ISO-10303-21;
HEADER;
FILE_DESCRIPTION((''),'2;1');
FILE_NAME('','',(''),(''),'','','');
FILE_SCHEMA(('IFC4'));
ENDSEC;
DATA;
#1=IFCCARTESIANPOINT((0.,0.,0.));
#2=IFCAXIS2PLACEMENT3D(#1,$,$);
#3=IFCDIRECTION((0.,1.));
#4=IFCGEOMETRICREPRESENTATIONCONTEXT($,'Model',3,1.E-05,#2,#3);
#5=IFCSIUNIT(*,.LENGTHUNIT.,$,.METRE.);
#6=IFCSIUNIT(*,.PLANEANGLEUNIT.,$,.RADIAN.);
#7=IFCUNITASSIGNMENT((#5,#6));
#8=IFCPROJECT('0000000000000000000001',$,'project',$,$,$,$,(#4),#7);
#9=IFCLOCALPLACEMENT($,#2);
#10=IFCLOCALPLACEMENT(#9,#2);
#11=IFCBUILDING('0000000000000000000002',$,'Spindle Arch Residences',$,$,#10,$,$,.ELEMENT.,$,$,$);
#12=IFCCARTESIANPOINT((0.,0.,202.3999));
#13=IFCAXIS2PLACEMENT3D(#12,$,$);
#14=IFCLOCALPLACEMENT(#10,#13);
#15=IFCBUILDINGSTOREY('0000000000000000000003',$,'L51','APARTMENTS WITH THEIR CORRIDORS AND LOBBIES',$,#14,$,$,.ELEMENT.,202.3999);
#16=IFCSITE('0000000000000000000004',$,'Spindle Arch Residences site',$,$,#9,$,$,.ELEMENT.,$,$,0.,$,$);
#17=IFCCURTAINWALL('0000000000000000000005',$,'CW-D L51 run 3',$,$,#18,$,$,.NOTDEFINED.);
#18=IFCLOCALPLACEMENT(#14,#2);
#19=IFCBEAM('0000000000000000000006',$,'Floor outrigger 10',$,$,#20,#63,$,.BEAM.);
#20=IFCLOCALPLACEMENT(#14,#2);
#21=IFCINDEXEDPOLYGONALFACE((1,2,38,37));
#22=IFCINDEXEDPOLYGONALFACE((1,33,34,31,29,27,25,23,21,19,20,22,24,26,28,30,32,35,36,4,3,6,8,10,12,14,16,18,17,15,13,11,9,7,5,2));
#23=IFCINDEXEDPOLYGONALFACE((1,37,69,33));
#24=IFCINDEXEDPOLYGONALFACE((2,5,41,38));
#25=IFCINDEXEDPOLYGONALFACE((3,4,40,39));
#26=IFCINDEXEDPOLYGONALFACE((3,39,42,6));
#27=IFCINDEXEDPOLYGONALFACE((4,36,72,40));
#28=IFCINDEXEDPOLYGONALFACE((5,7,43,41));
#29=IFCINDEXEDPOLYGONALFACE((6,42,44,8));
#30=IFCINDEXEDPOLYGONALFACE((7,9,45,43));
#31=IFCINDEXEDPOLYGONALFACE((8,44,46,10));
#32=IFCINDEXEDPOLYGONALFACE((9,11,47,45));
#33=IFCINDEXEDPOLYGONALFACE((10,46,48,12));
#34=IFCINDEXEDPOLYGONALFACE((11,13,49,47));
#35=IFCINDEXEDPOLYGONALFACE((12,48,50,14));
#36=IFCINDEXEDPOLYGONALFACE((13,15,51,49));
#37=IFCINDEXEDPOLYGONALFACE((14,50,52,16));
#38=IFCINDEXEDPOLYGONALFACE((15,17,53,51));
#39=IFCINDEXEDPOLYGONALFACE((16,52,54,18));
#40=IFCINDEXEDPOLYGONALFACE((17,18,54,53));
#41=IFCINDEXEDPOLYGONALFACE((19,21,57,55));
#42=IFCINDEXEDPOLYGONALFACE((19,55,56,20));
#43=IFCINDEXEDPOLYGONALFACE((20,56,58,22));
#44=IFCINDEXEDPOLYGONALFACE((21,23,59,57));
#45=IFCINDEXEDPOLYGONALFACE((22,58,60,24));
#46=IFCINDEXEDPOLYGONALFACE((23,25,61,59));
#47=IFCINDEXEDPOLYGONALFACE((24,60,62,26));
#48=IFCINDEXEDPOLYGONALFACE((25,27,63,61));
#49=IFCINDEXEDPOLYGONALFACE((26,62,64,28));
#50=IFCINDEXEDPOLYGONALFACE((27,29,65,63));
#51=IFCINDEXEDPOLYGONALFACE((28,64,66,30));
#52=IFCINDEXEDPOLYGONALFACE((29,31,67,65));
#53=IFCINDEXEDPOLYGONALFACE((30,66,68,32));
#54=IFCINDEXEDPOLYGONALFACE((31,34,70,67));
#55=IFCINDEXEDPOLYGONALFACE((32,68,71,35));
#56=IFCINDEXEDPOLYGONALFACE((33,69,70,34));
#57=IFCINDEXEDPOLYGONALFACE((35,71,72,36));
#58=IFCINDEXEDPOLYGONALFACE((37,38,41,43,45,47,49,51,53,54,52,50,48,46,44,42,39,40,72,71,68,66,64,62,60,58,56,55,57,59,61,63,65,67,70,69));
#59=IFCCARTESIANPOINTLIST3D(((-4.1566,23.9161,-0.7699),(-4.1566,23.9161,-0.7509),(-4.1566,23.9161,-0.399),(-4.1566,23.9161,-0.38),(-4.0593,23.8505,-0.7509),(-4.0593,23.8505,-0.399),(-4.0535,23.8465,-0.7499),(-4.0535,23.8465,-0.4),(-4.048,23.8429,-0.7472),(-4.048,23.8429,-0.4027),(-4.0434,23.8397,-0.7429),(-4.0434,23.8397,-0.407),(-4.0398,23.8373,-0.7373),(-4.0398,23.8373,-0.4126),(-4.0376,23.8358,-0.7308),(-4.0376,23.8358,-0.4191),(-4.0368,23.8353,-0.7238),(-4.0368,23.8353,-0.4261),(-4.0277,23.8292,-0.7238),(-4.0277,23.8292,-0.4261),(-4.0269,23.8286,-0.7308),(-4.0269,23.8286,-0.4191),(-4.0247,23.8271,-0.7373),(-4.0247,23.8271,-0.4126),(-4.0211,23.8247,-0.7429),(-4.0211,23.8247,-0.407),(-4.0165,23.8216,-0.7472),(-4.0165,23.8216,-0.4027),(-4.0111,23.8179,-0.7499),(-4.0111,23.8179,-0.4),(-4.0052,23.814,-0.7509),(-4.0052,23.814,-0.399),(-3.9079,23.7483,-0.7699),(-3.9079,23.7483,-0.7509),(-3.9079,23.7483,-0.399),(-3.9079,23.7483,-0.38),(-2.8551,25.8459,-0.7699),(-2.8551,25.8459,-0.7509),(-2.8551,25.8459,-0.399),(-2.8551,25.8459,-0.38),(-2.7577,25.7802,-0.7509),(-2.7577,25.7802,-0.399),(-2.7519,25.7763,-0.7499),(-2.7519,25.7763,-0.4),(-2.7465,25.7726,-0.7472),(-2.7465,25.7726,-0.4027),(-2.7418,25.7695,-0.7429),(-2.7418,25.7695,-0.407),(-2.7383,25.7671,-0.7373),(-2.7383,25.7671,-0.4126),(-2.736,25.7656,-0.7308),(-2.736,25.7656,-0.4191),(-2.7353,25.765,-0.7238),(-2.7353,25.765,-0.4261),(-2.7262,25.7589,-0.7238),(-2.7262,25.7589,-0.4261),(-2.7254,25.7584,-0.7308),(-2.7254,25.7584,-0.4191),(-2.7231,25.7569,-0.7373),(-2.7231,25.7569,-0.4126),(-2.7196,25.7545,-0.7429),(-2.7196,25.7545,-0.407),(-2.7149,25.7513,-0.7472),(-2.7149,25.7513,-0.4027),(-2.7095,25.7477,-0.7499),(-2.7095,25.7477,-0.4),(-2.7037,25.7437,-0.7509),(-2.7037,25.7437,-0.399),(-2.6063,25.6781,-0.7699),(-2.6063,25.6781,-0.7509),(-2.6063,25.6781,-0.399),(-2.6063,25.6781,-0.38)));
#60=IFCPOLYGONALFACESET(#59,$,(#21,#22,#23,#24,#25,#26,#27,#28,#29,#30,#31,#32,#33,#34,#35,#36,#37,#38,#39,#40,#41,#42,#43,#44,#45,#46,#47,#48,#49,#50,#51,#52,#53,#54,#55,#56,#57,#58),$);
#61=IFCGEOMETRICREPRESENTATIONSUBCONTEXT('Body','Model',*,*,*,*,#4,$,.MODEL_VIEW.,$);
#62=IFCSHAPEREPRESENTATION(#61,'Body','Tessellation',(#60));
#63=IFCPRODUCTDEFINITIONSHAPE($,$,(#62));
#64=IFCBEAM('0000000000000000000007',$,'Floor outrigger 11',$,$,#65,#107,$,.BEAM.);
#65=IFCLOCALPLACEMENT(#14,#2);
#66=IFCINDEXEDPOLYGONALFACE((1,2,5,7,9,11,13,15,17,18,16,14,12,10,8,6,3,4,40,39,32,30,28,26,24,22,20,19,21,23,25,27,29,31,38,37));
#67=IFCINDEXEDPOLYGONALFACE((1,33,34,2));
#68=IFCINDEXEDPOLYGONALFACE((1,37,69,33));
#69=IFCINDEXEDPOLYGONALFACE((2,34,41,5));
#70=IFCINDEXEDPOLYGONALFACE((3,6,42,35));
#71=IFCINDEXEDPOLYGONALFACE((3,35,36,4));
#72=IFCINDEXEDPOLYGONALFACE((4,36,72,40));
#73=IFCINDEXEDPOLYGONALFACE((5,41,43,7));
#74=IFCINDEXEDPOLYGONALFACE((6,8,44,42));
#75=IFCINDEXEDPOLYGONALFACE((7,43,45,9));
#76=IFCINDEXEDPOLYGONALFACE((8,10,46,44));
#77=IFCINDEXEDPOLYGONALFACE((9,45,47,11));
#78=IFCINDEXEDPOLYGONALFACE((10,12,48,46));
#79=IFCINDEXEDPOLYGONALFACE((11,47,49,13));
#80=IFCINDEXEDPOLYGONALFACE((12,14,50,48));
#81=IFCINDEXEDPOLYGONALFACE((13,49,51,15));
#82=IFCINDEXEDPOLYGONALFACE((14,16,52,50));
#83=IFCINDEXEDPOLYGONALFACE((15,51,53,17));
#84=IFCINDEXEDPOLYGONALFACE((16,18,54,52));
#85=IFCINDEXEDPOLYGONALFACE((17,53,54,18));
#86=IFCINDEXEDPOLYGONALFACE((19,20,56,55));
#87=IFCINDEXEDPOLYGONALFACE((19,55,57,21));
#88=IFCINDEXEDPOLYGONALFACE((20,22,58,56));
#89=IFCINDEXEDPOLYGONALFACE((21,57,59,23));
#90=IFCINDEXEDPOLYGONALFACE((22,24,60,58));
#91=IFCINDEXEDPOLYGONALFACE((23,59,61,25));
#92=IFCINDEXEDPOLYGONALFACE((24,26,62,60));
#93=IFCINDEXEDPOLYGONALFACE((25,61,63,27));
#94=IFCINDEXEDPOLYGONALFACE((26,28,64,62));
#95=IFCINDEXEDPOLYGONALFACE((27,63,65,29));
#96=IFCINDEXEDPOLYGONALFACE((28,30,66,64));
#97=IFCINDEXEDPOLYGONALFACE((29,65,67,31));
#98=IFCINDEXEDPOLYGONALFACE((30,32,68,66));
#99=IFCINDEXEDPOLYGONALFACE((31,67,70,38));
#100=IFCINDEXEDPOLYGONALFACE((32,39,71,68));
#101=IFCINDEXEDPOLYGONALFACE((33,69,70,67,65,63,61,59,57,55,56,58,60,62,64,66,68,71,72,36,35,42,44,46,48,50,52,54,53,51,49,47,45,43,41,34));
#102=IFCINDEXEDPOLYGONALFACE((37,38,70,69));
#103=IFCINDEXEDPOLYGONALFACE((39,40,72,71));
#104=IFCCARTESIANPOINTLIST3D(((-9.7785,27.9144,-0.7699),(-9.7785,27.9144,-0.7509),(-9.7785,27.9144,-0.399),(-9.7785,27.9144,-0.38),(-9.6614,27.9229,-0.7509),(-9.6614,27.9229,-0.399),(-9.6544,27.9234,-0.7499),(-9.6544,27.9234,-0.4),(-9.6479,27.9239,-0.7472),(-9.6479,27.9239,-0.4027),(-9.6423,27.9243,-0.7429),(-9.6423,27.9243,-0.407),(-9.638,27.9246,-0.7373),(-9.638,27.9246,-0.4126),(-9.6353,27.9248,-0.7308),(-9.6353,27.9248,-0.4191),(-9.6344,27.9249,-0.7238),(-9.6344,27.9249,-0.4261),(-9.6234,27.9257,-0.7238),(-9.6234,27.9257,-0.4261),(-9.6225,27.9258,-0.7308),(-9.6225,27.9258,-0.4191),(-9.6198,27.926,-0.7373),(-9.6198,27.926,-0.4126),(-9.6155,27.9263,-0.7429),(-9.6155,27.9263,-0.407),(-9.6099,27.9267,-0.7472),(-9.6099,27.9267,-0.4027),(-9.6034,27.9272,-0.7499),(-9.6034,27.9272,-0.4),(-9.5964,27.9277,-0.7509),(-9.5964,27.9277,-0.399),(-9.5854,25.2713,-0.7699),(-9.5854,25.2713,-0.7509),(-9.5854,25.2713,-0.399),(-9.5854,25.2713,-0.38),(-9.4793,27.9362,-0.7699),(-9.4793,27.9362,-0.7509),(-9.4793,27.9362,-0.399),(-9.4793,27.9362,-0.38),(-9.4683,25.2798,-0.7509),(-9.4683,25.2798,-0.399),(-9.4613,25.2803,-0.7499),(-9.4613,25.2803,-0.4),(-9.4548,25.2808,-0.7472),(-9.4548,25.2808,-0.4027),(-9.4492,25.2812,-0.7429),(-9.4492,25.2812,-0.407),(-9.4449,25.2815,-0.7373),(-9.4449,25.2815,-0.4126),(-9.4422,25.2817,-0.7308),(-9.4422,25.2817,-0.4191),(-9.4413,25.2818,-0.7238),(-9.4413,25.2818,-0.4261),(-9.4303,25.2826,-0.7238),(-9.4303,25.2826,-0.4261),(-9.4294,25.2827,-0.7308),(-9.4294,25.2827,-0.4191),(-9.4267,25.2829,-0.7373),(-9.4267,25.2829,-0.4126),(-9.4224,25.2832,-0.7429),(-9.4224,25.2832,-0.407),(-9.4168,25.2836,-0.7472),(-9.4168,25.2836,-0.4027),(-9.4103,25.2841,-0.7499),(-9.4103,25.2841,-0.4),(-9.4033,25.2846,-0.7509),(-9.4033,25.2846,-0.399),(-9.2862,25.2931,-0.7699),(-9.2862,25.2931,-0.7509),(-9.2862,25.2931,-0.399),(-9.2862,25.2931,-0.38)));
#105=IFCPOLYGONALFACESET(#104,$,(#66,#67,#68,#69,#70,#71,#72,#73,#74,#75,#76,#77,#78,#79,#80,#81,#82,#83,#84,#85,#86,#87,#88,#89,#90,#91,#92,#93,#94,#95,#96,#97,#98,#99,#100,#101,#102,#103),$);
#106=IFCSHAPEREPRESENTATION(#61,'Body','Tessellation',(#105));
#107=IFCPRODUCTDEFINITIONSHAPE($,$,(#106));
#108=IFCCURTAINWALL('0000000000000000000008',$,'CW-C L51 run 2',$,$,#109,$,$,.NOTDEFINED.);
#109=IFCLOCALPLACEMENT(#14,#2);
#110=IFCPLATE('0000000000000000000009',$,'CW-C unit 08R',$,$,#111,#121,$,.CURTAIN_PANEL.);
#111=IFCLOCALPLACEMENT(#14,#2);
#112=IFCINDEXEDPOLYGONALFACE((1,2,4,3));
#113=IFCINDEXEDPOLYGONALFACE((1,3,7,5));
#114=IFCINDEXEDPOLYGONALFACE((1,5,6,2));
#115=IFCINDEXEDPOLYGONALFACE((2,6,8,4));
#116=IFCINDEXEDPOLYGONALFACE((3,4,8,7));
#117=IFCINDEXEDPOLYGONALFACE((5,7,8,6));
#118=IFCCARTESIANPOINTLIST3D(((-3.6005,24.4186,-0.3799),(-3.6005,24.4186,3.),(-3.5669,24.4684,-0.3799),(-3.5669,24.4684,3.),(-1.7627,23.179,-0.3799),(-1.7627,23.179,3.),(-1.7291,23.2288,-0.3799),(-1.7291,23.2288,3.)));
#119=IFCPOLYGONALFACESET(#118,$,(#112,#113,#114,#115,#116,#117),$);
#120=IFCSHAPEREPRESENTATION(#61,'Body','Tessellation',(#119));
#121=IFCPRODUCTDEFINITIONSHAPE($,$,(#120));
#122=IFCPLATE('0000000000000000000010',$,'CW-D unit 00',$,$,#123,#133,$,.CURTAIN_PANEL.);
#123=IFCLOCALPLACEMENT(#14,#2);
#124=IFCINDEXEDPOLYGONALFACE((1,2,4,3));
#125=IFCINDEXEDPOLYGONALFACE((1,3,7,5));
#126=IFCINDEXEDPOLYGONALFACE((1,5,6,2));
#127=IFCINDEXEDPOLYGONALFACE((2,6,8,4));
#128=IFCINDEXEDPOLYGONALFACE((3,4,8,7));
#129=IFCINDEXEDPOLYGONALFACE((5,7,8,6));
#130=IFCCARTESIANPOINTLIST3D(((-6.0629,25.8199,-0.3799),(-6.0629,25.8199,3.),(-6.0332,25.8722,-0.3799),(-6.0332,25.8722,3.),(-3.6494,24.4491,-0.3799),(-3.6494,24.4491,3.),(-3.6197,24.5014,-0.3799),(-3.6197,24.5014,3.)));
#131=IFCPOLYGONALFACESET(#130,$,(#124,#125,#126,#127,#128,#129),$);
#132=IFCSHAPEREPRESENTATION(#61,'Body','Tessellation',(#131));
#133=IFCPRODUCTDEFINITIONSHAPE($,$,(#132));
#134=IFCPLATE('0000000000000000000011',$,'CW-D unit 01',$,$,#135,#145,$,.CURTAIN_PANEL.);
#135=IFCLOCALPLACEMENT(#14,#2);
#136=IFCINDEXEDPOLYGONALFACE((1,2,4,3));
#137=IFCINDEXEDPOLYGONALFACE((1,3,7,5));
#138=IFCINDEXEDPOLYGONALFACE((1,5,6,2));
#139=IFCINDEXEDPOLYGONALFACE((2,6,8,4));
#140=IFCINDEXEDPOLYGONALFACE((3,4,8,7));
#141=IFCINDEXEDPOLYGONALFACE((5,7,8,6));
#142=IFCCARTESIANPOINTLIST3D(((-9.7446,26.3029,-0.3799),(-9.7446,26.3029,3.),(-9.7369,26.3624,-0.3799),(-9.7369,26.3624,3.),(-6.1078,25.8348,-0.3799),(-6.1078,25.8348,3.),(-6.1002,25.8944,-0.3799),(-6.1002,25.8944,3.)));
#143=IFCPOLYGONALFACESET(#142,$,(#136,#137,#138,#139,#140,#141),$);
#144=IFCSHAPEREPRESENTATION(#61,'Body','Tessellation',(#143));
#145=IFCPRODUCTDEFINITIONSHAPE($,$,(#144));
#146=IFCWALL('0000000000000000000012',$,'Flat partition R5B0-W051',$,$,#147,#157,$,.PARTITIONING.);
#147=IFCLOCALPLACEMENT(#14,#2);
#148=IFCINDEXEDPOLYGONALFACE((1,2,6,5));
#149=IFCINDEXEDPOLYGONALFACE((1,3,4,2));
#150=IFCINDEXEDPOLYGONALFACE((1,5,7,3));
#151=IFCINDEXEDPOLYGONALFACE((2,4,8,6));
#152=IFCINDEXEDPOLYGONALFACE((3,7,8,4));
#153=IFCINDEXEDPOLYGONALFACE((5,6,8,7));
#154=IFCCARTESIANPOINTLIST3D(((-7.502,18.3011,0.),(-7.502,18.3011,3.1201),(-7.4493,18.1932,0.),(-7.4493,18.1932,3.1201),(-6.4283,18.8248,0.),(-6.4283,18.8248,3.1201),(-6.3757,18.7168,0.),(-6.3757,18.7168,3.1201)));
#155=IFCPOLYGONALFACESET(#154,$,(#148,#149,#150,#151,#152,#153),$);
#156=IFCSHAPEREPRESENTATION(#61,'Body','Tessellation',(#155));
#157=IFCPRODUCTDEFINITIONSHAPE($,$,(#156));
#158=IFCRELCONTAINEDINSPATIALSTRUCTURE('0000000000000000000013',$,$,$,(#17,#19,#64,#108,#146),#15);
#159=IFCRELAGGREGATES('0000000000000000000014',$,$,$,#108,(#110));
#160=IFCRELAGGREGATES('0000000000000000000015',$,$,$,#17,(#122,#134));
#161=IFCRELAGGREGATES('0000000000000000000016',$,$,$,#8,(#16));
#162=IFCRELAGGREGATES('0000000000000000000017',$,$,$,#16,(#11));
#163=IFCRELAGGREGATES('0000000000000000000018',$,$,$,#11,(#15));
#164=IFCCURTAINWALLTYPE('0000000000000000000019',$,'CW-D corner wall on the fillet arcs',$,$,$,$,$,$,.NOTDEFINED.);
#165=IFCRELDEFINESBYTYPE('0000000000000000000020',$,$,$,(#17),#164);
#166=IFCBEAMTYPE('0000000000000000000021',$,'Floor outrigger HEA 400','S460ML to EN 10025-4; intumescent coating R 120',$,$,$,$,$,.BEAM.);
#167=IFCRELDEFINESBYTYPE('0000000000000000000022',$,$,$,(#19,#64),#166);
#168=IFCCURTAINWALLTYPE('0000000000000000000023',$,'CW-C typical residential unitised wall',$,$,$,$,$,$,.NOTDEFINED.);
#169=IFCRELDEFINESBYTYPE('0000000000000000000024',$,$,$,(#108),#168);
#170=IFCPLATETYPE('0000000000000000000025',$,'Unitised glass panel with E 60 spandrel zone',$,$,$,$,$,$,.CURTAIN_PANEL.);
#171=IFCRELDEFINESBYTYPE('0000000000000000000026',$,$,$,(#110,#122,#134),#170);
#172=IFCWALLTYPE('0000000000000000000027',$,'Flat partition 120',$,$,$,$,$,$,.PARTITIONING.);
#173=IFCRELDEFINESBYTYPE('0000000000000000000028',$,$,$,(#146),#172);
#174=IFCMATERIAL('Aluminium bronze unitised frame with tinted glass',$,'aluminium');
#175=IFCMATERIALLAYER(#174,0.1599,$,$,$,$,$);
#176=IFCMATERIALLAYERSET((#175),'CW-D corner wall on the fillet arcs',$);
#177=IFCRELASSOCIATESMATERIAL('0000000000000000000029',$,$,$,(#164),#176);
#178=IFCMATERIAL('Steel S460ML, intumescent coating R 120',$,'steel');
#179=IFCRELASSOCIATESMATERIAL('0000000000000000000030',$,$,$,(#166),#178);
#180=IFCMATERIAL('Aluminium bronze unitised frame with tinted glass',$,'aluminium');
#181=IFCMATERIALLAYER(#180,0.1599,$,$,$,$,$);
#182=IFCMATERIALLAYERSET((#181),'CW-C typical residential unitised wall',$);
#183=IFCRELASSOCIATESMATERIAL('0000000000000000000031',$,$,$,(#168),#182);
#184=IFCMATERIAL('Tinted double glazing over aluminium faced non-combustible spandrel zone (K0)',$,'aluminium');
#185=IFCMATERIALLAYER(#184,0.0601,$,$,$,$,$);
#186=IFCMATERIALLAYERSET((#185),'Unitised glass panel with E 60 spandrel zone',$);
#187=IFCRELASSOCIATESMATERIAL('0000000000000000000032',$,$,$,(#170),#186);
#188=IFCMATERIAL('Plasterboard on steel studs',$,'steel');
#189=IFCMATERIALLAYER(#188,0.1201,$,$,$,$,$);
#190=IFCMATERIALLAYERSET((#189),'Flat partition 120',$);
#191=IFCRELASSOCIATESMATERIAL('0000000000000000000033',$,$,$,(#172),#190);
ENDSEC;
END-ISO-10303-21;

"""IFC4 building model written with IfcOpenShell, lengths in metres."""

from ifc_helpers import new_model, si_unit, direction, frame, frame_2d, origin, origin_2d, place, context, subcontext, project, spatial, rectangle, i_section, extrude, material, layer, layer_set, material_profile, profile_set, type_object, element, aggregate, save


model = new_model("IFC4")

# Units and contexts
model_context = context("Model", 3, precision=1e-05, world=origin(), true_north=direction((0.0, 1.0)))
body_context = subcontext(model_context, "Body", "Model", "MODEL_VIEW")
ifc_project = project(units=[si_unit("LENGTHUNIT", "METRE"), si_unit("PLANEANGLEUNIT", "RADIAN")], contexts=[model_context])

# Site, building, storey
site_placement = place(None, origin())
site = spatial("IfcSite", under=ifc_project, at=site_placement, Name="Spindle Arch Residences site", CompositionType="ELEMENT", RefElevation=0.0)
building_placement = place(site_placement, origin())
building = spatial("IfcBuilding", under=site, at=building_placement, Name="Spindle Arch Residences", CompositionType="ELEMENT")
storey_placement = place(building_placement, frame((0.0, 0.0, 202.3999)))
storey = spatial("IfcBuildingStorey", under=building, at=storey_placement, Name="L51", Description="APARTMENTS WITH THEIR CORRIDORS AND LOBBIES", CompositionType="ELEMENT", Elevation=202.3999)

# Curtain wall
ifc_material_1 = material(Name="Aluminium bronze unitised frame with tinted glass", Category="aluminium")
ifc_layer_1 = layer(ifc_material_1, 0.1599)
ifc_layer_set_1 = layer_set([ifc_layer_1], Name="CW-D corner wall on the fillet arcs")
curtain_wall_type_1 = type_object("IfcCurtainWallType", Name="CW-D corner wall on the fillet arcs", PredefinedType="NOTDEFINED", material=ifc_layer_set_1)
curtain_wall_1_placement = place(storey_placement, origin())
curtain_wall_1 = element("IfcCurtainWall", 1, at=curtain_wall_1_placement, inside=storey, type_object=curtain_wall_type_1, Name="CW-D L51 run 3", PredefinedType="NOTDEFINED")

# Beams
ifc_material_2 = material(Name="Steel S460ML, intumescent coating R 120", Category="steel")
ifc_material_profile_1 = material_profile(ifc_material_2, i_section(OverallWidth=0.3, OverallDepth=0.3899, WebThickness=0.011, FlangeThickness=0.019, FilletRadius=0.0271, at=origin_2d()), Name="HEA 400")
ifc_profile_set_1 = profile_set([ifc_material_profile_1], Name="Steel S460ML, intumescent coating R 120")
beam_type_1 = type_object("IfcBeamType", Name="Floor outrigger HEA 400", Description="S460ML to EN 10025-4; intumescent coating R 120", PredefinedType="BEAM", material=ifc_profile_set_1)
beam_1_placement = place(storey_placement, frame((-2.7307, 25.762, -0.575), z_axis=(-0.55917, -0.829053, 0.0), x_axis=(0.829053, -0.55917, 0.0)))
element("IfcBeam", 2, at=beam_1_placement, inside=storey, type_object=beam_type_1, Name="Floor outrigger 10", PredefinedType="BEAM", context=body_context, shape_type="SweptSolid", body=[
    extrude(i_section(OverallWidth=0.3, OverallDepth=0.3899, WebThickness=0.011, FlangeThickness=0.019, FilletRadius=0.0271, at=origin_2d()), origin(), (0.0, 0.0, 1.0), 2.3276),
])
beam_2_placement = place(storey_placement, frame((-9.6289, 27.9253, -0.575), z_axis=(0.072871, -0.997341, 0.0), x_axis=(0.997341, 0.072871, 0.0)))
element("IfcBeam", 3, at=beam_2_placement, inside=storey, type_object=beam_type_1, Name="Floor outrigger 11", PredefinedType="BEAM", context=body_context, shape_type="SweptSolid", body=[
    extrude(i_section(OverallWidth=0.3, OverallDepth=0.3899, WebThickness=0.011, FlangeThickness=0.019, FilletRadius=0.0271, at=origin_2d()), origin(), (0.0, 0.0, 1.0), 2.6501),
])

# Curtain wall, plate
ifc_material_3 = material(Name="Aluminium bronze unitised frame with tinted glass", Category="aluminium")
ifc_layer_2 = layer(ifc_material_3, 0.1599)
ifc_layer_set_2 = layer_set([ifc_layer_2], Name="CW-C typical residential unitised wall")
curtain_wall_type_2 = type_object("IfcCurtainWallType", Name="CW-C typical residential unitised wall", PredefinedType="NOTDEFINED", material=ifc_layer_set_2)
curtain_wall_2_placement = place(storey_placement, origin())
curtain_wall_2 = element("IfcCurtainWall", 4, at=curtain_wall_2_placement, inside=storey, type_object=curtain_wall_type_2, Name="CW-C L51 run 2", PredefinedType="NOTDEFINED")
ifc_material_4 = material(Name="Tinted double glazing over aluminium faced non-combustible spandrel zone (K0)", Category="aluminium")
ifc_layer_3 = layer(ifc_material_4, 0.0601)
ifc_layer_set_3 = layer_set([ifc_layer_3], Name="Unitised glass panel with E 60 spandrel zone")
plate_type = type_object("IfcPlateType", Name="Unitised glass panel with E 60 spandrel zone", PredefinedType="CURTAIN_PANEL", material=ifc_layer_set_3)
plate_1_placement = place(storey_placement, frame((-2.6648, 23.8237, -0.3799), z_axis=(0.0, 0.0, 1.0), x_axis=(-0.829038, 0.559193, 0.0)))
plate_1 = element("IfcPlate", 5, at=plate_1_placement, type_object=plate_type, Name="CW-C unit 08R", PredefinedType="CURTAIN_PANEL", context=body_context, shape_type="SweptSolid", body=[
    extrude(rectangle(XDim=2.2168, YDim=0.0601, at=origin_2d()), origin(), (0.0, 0.0, 1.0), 3.3799),
])
aggregate(curtain_wall_2, [plate_1])

# Plates
plate_2_placement = place(storey_placement, frame((-4.8413, 25.1606, -0.3799), z_axis=(0.0, 0.0, 1.0), x_axis=(-0.869539, 0.493865, 0.0)))
plate_2 = element("IfcPlate", 6, at=plate_2_placement, type_object=plate_type, Name="CW-D unit 00", PredefinedType="CURTAIN_PANEL", context=body_context, shape_type="SweptSolid", body=[
    extrude(rectangle(XDim=2.7756, YDim=0.0601, at=origin_2d()), origin(), (0.0, 0.0, 1.0), 3.3799),
])
plate_3_placement = place(storey_placement, frame((-7.9224, 26.0986, -0.3799), z_axis=(0.0, 0.0, 1.0), x_axis=(-0.99182, 0.127642, 0.0)))
plate_3 = element("IfcPlate", 7, at=plate_3_placement, type_object=plate_type, Name="CW-D unit 01", PredefinedType="CURTAIN_PANEL", context=body_context, shape_type="SweptSolid", body=[
    extrude(rectangle(XDim=3.6667, YDim=0.0601, at=origin_2d()), origin(), (0.0, 0.0, 1.0), 3.3799),
])
aggregate(curtain_wall_1, [plate_2, plate_3])

# Wall
ifc_material_5 = material(Name="Plasterboard on steel studs", Category="steel")
ifc_layer_4 = layer(ifc_material_5, 0.1201)
ifc_layer_set_4 = layer_set([ifc_layer_4], Name="Flat partition 120")
wall_type = type_object("IfcWallType", Name="Flat partition 120", PredefinedType="PARTITIONING", material=ifc_layer_set_4)
wall_1_placement = place(storey_placement, frame((-6.4021, 18.7708, 0.0), z_axis=(0.0, 0.0, 1.0), x_axis=(-0.898798, -0.438363, 0.0)))
element("IfcWall", 8, at=wall_1_placement, inside=storey, type_object=wall_type, Name="Flat partition R5B0-W051", PredefinedType="PARTITIONING", context=body_context, shape_type="SweptSolid", body=[
    extrude(rectangle(XDim=1.1946, YDim=0.1201, at=frame_2d((0.5972, 0.0))), origin(), (0.0, 0.0, 1.0), 3.1201),
])

save(model, "model.ifc")
